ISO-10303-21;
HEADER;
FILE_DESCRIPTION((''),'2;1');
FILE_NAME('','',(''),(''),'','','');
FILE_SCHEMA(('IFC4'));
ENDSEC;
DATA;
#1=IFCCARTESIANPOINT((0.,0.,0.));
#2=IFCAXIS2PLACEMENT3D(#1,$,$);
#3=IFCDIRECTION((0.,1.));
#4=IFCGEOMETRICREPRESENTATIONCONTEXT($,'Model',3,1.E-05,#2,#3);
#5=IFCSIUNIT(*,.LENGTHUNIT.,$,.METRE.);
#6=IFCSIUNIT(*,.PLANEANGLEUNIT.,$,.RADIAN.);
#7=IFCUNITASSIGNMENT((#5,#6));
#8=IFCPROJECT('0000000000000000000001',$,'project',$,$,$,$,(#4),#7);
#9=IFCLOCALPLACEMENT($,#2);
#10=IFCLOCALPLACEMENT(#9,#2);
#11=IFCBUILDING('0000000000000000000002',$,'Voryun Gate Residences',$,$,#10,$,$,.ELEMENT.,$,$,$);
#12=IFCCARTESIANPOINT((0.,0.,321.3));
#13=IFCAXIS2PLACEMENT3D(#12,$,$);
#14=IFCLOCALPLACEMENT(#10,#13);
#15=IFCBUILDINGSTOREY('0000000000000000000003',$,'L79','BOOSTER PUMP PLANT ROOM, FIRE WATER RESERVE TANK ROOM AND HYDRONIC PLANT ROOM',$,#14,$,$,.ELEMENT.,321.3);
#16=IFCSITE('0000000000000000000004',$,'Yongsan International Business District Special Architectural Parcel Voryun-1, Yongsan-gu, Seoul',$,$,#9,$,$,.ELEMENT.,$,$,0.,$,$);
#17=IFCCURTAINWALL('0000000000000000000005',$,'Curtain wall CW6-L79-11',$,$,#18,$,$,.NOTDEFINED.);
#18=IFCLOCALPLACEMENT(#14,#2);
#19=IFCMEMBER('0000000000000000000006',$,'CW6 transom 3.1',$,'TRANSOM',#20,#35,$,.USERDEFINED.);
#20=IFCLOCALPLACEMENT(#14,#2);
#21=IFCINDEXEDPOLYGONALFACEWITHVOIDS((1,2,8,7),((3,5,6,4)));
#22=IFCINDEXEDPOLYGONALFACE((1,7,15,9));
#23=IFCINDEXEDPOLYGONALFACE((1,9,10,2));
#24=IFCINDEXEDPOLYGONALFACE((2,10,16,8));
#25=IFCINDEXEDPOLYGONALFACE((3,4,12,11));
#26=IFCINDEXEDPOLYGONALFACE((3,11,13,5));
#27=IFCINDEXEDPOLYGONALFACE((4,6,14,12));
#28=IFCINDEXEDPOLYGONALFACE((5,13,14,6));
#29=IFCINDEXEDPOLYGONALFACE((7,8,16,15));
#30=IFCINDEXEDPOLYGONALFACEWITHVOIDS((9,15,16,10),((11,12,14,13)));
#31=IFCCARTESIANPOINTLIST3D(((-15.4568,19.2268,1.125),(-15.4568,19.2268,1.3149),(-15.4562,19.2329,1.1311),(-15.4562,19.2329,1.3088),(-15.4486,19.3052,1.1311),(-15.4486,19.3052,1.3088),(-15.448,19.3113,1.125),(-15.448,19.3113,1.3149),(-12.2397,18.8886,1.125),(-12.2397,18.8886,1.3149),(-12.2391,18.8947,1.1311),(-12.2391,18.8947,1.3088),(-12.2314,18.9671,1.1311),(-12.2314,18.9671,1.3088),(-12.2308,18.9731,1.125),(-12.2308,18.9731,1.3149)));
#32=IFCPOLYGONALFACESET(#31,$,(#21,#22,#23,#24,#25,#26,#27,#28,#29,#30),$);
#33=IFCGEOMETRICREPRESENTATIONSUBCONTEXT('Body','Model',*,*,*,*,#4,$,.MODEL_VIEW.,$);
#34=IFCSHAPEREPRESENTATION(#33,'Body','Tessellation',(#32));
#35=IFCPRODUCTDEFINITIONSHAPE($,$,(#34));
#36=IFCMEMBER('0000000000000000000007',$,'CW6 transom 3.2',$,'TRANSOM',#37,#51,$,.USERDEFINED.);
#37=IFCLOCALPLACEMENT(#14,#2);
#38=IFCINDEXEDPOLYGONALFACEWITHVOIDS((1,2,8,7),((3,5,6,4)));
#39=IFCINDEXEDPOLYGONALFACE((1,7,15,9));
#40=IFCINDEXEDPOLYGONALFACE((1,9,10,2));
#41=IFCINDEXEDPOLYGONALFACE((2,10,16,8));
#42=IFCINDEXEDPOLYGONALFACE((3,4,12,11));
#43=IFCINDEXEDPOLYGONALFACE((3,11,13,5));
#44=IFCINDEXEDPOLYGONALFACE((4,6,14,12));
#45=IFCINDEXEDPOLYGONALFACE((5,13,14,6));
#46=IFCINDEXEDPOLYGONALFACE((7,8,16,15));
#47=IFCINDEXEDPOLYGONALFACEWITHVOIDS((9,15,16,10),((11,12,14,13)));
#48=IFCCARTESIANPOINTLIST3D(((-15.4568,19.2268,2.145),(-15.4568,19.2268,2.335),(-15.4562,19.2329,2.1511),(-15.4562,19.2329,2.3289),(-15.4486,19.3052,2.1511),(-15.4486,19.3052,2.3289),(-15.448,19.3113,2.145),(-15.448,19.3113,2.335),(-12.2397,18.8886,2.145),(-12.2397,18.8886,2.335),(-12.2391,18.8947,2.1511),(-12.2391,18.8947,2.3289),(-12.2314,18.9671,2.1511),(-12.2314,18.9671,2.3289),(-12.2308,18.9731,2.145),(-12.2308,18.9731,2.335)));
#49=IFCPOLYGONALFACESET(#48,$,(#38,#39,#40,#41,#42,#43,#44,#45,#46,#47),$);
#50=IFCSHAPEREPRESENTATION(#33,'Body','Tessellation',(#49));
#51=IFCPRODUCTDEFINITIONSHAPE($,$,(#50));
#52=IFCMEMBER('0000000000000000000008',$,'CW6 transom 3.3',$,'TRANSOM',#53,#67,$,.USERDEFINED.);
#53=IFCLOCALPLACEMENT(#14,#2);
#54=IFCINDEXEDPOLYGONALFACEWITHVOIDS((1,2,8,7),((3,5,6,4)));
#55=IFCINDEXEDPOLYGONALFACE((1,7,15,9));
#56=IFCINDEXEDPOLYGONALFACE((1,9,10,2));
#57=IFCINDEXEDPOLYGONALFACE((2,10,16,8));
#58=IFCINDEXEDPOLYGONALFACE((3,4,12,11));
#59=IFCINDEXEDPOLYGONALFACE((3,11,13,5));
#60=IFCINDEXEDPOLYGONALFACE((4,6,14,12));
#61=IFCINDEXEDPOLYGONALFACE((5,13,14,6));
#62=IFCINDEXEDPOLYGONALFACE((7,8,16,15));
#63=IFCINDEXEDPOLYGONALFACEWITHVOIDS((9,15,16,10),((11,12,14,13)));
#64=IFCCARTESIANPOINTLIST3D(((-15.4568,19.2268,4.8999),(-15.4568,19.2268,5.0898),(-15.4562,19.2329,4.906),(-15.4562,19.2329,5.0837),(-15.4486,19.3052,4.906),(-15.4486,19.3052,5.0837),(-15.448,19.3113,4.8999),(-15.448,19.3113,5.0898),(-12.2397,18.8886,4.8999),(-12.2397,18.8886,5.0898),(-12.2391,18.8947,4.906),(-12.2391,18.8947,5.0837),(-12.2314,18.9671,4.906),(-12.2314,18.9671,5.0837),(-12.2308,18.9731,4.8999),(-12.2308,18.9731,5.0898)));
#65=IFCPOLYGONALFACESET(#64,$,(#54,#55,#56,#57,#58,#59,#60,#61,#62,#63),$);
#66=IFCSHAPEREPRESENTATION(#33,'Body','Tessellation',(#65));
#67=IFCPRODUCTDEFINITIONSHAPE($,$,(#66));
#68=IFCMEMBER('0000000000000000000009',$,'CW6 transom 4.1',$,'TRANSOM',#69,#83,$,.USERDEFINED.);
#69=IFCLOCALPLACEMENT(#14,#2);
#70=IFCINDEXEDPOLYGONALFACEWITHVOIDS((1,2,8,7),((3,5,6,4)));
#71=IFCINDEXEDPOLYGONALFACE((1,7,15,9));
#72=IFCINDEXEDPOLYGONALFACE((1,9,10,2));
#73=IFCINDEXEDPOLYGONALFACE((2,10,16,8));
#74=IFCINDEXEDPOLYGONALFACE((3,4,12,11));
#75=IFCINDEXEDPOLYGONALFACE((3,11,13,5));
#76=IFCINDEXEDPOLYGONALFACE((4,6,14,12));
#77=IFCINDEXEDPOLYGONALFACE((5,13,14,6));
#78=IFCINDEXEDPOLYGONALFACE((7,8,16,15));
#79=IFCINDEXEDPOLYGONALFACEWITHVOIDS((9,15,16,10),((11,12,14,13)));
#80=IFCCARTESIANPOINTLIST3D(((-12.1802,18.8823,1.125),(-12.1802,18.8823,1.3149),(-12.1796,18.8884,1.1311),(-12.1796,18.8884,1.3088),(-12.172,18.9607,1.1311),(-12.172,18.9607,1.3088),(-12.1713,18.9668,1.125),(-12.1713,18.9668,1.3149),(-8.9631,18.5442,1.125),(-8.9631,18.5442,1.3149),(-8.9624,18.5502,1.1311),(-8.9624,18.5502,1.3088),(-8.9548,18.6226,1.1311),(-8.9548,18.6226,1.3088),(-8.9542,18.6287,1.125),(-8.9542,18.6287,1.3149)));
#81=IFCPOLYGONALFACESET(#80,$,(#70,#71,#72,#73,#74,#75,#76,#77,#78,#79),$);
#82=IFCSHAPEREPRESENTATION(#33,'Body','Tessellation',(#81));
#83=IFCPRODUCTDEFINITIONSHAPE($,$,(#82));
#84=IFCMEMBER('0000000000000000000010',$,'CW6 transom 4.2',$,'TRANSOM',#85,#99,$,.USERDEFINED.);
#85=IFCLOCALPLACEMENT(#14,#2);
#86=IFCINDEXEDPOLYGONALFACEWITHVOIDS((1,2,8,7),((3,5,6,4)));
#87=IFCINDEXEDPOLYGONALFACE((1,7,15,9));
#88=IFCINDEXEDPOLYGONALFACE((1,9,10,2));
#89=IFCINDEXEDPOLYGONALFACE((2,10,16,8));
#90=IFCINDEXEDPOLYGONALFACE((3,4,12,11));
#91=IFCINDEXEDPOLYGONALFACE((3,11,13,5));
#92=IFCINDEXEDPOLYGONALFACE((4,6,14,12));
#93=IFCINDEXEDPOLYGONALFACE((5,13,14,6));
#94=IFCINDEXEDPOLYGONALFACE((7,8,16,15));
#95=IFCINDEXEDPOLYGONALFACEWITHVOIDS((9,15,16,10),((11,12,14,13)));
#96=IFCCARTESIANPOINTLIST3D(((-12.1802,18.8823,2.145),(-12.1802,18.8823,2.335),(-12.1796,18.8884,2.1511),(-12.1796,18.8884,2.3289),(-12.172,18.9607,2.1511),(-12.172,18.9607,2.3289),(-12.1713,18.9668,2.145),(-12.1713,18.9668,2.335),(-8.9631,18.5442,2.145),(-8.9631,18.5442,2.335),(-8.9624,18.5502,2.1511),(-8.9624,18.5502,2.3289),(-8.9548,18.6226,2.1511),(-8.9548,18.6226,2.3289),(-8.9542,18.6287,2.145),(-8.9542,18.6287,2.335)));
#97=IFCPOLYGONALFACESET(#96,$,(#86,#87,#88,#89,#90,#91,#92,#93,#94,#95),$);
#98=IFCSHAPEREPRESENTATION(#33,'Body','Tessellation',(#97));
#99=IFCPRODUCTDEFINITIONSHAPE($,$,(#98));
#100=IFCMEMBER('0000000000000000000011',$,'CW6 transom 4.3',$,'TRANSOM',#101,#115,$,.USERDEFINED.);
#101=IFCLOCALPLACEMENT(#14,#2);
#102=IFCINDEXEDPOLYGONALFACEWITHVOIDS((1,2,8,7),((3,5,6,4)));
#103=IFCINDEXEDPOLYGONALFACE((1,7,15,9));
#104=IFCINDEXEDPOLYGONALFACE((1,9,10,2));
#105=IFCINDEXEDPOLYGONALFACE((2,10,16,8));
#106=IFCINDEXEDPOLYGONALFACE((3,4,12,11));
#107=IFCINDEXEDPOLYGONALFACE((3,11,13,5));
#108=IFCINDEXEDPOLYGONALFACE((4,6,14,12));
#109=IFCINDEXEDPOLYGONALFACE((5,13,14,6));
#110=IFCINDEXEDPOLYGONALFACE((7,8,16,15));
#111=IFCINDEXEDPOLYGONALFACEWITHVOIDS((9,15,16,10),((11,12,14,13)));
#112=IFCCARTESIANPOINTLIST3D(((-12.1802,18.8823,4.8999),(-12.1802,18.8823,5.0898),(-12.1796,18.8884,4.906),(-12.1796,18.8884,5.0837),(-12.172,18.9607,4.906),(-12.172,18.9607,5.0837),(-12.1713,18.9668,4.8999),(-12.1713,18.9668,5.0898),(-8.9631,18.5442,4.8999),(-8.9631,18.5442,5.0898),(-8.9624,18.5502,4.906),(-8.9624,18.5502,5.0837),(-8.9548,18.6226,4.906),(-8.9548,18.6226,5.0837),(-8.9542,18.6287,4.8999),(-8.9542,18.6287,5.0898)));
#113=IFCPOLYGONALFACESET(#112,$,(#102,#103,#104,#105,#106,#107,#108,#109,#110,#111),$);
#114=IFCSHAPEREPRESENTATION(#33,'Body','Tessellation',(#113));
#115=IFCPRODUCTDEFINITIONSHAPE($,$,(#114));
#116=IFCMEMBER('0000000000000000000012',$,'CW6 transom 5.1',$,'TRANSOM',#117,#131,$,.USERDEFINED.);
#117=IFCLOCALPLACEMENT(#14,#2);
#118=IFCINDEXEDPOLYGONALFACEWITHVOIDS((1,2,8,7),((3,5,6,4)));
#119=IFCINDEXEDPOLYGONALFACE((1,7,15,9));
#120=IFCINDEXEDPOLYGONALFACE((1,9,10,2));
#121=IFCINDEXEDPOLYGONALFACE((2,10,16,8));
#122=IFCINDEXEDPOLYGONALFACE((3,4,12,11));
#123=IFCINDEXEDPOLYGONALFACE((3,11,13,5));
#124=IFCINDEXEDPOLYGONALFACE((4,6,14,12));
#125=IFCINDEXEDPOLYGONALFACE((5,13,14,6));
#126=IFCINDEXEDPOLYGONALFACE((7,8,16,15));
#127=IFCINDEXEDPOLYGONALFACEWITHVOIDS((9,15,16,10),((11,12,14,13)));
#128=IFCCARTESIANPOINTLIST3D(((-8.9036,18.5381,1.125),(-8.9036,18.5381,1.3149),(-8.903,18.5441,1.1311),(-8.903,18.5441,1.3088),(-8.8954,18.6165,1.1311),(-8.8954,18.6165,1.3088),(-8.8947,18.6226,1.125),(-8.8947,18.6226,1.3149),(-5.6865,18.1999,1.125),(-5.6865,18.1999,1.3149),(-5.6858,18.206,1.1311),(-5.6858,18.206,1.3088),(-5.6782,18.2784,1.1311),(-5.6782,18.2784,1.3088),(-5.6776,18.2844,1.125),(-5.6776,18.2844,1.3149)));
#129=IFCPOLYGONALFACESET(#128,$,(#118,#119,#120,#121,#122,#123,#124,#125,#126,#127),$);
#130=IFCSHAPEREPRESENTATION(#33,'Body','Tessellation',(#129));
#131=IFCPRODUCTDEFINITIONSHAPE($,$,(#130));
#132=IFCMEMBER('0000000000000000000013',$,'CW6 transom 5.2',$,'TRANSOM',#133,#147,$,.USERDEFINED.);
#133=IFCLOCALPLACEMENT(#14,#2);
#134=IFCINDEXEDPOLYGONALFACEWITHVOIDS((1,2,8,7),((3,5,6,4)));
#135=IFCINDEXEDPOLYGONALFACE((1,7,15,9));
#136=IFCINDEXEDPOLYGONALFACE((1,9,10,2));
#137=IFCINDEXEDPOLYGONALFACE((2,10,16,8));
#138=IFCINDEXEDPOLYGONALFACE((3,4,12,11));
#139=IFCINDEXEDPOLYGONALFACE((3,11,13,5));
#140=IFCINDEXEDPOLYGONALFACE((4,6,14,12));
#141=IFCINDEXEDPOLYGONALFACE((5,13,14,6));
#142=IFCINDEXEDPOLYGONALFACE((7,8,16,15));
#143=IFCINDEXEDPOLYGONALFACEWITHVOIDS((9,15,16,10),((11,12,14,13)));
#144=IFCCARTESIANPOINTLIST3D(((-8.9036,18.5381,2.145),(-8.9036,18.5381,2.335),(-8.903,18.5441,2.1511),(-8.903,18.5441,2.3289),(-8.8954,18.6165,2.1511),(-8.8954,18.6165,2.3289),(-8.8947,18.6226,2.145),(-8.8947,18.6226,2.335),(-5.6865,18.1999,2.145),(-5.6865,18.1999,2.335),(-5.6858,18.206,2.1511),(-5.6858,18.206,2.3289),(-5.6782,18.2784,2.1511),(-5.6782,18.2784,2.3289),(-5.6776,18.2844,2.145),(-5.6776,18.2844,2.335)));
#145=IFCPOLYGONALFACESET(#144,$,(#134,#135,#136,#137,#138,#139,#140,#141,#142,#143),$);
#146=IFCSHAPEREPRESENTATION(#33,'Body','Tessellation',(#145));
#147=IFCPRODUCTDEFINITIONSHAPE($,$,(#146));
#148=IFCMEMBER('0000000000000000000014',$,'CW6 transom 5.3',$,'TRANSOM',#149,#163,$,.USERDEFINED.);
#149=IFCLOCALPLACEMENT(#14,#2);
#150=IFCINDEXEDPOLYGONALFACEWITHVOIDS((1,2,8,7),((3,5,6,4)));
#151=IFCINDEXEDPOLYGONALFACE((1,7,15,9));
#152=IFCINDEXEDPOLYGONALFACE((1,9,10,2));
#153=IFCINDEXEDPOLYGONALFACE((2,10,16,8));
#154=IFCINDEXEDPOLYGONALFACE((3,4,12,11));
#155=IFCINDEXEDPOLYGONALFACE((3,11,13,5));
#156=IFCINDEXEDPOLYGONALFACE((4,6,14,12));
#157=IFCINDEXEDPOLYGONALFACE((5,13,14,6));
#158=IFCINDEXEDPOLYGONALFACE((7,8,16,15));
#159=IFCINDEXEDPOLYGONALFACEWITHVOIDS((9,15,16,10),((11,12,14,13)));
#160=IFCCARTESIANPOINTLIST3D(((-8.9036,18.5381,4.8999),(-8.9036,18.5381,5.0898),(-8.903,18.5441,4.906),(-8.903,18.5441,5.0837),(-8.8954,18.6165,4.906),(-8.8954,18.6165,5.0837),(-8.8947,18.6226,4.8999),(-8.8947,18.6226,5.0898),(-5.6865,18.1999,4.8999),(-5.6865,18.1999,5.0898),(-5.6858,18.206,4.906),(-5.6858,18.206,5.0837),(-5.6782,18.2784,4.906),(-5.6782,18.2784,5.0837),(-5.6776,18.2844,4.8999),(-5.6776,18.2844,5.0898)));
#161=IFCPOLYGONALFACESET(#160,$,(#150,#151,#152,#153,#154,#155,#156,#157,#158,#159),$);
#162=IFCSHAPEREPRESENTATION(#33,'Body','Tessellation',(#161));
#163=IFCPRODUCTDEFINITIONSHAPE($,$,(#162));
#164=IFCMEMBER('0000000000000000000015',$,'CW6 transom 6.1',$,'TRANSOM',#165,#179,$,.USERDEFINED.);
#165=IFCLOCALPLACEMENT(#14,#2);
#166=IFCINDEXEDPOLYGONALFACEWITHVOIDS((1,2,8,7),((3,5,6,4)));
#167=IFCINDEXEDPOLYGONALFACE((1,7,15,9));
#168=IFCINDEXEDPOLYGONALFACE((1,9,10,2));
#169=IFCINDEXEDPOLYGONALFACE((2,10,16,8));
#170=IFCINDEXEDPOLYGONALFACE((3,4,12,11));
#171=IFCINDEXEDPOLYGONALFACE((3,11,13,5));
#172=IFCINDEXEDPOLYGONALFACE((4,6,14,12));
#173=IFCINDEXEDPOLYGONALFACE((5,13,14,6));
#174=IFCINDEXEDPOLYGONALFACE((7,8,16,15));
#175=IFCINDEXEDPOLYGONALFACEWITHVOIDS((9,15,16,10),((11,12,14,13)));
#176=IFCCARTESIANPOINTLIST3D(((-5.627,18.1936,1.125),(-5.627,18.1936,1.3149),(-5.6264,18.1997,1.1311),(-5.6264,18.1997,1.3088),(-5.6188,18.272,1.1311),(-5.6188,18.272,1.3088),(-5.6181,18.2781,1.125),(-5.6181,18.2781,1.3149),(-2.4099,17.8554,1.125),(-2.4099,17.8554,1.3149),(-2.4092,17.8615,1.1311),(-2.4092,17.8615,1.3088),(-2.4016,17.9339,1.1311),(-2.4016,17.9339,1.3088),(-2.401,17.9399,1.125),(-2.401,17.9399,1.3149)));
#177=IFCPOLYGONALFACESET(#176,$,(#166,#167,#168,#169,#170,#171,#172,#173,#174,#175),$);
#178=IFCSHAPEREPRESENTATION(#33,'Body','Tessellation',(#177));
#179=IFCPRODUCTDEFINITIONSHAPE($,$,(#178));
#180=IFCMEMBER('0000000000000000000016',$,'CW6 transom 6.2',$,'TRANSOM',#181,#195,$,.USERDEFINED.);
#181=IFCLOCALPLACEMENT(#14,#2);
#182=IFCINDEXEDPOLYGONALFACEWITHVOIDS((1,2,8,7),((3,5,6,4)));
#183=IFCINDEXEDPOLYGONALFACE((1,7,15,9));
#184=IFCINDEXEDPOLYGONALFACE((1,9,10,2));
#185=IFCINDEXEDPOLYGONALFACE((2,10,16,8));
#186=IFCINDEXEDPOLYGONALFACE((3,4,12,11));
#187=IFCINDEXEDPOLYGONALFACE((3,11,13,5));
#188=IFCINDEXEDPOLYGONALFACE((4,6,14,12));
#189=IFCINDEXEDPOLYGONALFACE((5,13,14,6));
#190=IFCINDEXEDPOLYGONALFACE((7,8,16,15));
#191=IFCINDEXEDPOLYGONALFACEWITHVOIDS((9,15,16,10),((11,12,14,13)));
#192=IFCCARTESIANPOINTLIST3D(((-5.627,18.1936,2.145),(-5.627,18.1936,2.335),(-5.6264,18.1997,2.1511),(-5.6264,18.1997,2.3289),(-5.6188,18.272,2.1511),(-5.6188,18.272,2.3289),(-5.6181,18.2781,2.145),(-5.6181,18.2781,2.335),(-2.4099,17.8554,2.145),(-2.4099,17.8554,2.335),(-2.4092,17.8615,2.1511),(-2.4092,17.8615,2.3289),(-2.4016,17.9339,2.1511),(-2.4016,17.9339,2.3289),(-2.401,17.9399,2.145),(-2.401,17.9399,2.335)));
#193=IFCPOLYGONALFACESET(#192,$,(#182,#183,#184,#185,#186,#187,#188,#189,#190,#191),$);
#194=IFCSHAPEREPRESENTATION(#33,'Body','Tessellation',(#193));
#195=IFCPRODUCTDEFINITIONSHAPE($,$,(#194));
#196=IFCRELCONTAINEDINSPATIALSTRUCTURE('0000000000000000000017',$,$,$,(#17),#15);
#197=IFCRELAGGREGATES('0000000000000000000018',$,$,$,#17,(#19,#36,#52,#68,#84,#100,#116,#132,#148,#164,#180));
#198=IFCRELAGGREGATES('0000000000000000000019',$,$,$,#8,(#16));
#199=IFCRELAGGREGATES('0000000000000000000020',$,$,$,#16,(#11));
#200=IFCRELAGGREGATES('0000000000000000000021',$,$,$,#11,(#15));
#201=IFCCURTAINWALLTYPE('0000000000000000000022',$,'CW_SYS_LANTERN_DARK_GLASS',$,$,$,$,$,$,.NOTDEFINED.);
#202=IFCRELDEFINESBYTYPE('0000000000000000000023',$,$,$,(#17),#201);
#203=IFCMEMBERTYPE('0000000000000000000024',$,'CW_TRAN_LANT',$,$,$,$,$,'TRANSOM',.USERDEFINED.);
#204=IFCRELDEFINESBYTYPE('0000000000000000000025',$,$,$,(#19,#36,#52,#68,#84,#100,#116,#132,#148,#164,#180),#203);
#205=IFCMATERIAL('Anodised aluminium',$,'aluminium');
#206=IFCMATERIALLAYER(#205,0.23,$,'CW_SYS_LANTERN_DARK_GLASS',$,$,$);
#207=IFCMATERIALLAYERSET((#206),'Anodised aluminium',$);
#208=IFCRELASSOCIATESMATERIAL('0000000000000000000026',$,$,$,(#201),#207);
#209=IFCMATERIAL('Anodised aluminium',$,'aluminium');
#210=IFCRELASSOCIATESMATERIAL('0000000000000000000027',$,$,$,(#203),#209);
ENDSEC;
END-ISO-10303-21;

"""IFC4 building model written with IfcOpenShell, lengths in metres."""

from ifc_helpers import new_model, si_unit, direction, frame, origin, origin_2d, place, context, subcontext, project, spatial, hollow_rectangle, extrude, material, layer, layer_set, material_profile, profile_set, type_object, element, aggregate, save


model = new_model("IFC4")

# Units and contexts
model_context = context("Model", 3, precision=1e-05, world=origin(), true_north=direction((0.0, 1.0)))
body_context = subcontext(model_context, "Body", "Model", "MODEL_VIEW")
ifc_project = project(units=[si_unit("LENGTHUNIT", "METRE"), si_unit("PLANEANGLEUNIT", "RADIAN")], contexts=[model_context])

# Site, building, storey
site_placement = place(None, origin())
site = spatial("IfcSite", under=ifc_project, at=site_placement, Name="Yongsan International Business District Special Architectural Parcel Voryun-1, Yongsan-gu, Seoul", CompositionType="ELEMENT", RefElevation=0.0)
building_placement = place(site_placement, origin())
building = spatial("IfcBuilding", under=site, at=building_placement, Name="Voryun Gate Residences", CompositionType="ELEMENT")
storey_placement = place(building_placement, frame((0.0, 0.0, 321.3)))
storey = spatial("IfcBuildingStorey", under=building, at=storey_placement, Name="L79", Description="BOOSTER PUMP PLANT ROOM, FIRE WATER RESERVE TANK ROOM AND HYDRONIC PLANT ROOM", CompositionType="ELEMENT", Elevation=321.3)

# Curtain wall, members
ifc_material_1 = material(Name="Anodised aluminium", Category="aluminium")
ifc_layer_1 = layer(ifc_material_1, 0.23, Name="CW_SYS_LANTERN_DARK_GLASS")
ifc_layer_set_1 = layer_set([ifc_layer_1], Name="Anodised aluminium")
curtain_wall_type = type_object("IfcCurtainWallType", Name="CW_SYS_LANTERN_DARK_GLASS", PredefinedType="NOTDEFINED", material=ifc_layer_set_1)
curtain_wall_placement = place(storey_placement, origin())
curtain_wall = element("IfcCurtainWall", 1, at=curtain_wall_placement, inside=storey, type_object=curtain_wall_type, Name="Curtain wall CW6-L79-11", PredefinedType="NOTDEFINED")
ifc_material_2 = material(Name="Anodised aluminium", Category="aluminium")
ifc_material_profile_1 = material_profile(ifc_material_2, hollow_rectangle(XDim=0.085, YDim=0.1899, WallThickness=0.0061, at=origin_2d()), Name="ALU-TRAN-190x85x6")
ifc_profile_set_1 = profile_set([ifc_material_profile_1], Name="Anodised aluminium")
member_type_1 = type_object("IfcMemberType", Name="CW_TRAN_LANT", ElementType="TRANSOM", PredefinedType="USERDEFINED", material=ifc_profile_set_1)
member_1_placement = place(storey_placement, frame((-15.4524, 19.269, 1.22), z_axis=(0.994522, -0.104532, 0.0), x_axis=(0.104532, 0.994522, 0.0)))
member_1 = element("IfcMember", 2, at=member_1_placement, type_object=member_type_1, Name="CW6 transom 3.1", ObjectType="TRANSOM", PredefinedType="USERDEFINED", context=body_context, shape_type="SweptSolid", body=[
    extrude(hollow_rectangle(XDim=0.085, YDim=0.1899, WallThickness=0.0061, at=origin_2d()), origin(), (0.0, 0.0, 1.0), 3.2349),
])
member_2_placement = place(storey_placement, frame((-15.4524, 19.269, 2.24), z_axis=(0.994522, -0.104532, 0.0), x_axis=(0.104532, 0.994522, 0.0)))
member_2 = element("IfcMember", 3, at=member_2_placement, type_object=member_type_1, Name="CW6 transom 3.2", ObjectType="TRANSOM", PredefinedType="USERDEFINED", context=body_context, shape_type="SweptSolid", body=[
    extrude(hollow_rectangle(XDim=0.085, YDim=0.1899, WallThickness=0.0061, at=origin_2d()), origin(), (0.0, 0.0, 1.0), 3.2349),
])
member_3_placement = place(storey_placement, frame((-15.4524, 19.269, 4.9949), z_axis=(0.994522, -0.104532, 0.0), x_axis=(0.104532, 0.994522, 0.0)))
member_3 = element("IfcMember", 4, at=member_3_placement, type_object=member_type_1, Name="CW6 transom 3.3", ObjectType="TRANSOM", PredefinedType="USERDEFINED", context=body_context, shape_type="SweptSolid", body=[
    extrude(hollow_rectangle(XDim=0.085, YDim=0.1899, WallThickness=0.0061, at=origin_2d()), origin(), (0.0, 0.0, 1.0), 3.2349),
])
member_4_placement = place(storey_placement, frame((-12.1758, 18.9246, 1.22), z_axis=(0.994522, -0.104532, 0.0), x_axis=(0.104532, 0.994522, 0.0)))
member_4 = element("IfcMember", 5, at=member_4_placement, type_object=member_type_1, Name="CW6 transom 4.1", ObjectType="TRANSOM", PredefinedType="USERDEFINED", context=body_context, shape_type="SweptSolid", body=[
    extrude(hollow_rectangle(XDim=0.085, YDim=0.1899, WallThickness=0.0061, at=origin_2d()), origin(), (0.0, 0.0, 1.0), 3.2349),
])
member_5_placement = place(storey_placement, frame((-12.1758, 18.9246, 2.24), z_axis=(0.994522, -0.104532, 0.0), x_axis=(0.104532, 0.994522, 0.0)))
member_5 = element("IfcMember", 6, at=member_5_placement, type_object=member_type_1, Name="CW6 transom 4.2", ObjectType="TRANSOM", PredefinedType="USERDEFINED", context=body_context, shape_type="SweptSolid", body=[
    extrude(hollow_rectangle(XDim=0.085, YDim=0.1899, WallThickness=0.0061, at=origin_2d()), origin(), (0.0, 0.0, 1.0), 3.2349),
])
member_6_placement = place(storey_placement, frame((-12.1758, 18.9246, 4.9949), z_axis=(0.994522, -0.104532, 0.0), x_axis=(0.104532, 0.994522, 0.0)))
member_6 = element("IfcMember", 7, at=member_6_placement, type_object=member_type_1, Name="CW6 transom 4.3", ObjectType="TRANSOM", PredefinedType="USERDEFINED", context=body_context, shape_type="SweptSolid", body=[
    extrude(hollow_rectangle(XDim=0.085, YDim=0.1899, WallThickness=0.0061, at=origin_2d()), origin(), (0.0, 0.0, 1.0), 3.2349),
])
member_7_placement = place(storey_placement, frame((-8.8992, 18.5803, 1.22), z_axis=(0.994522, -0.104532, 0.0), x_axis=(0.104532, 0.994522, 0.0)))
member_7 = element("IfcMember", 8, at=member_7_placement, type_object=member_type_1, Name="CW6 transom 5.1", ObjectType="TRANSOM", PredefinedType="USERDEFINED", context=body_context, shape_type="SweptSolid", body=[
    extrude(hollow_rectangle(XDim=0.085, YDim=0.1899, WallThickness=0.0061, at=origin_2d()), origin(), (0.0, 0.0, 1.0), 3.2349),
])
member_8_placement = place(storey_placement, frame((-8.8992, 18.5803, 2.24), z_axis=(0.994522, -0.104532, 0.0), x_axis=(0.104532, 0.994522, 0.0)))
member_8 = element("IfcMember", 9, at=member_8_placement, type_object=member_type_1, Name="CW6 transom 5.2", ObjectType="TRANSOM", PredefinedType="USERDEFINED", context=body_context, shape_type="SweptSolid", body=[
    extrude(hollow_rectangle(XDim=0.085, YDim=0.1899, WallThickness=0.0061, at=origin_2d()), origin(), (0.0, 0.0, 1.0), 3.2349),
])
member_9_placement = place(storey_placement, frame((-8.8992, 18.5803, 4.9949), z_axis=(0.994522, -0.104532, 0.0), x_axis=(0.104532, 0.994522, 0.0)))
member_9 = element("IfcMember", 10, at=member_9_placement, type_object=member_type_1, Name="CW6 transom 5.3", ObjectType="TRANSOM", PredefinedType="USERDEFINED", context=body_context, shape_type="SweptSolid", body=[
    extrude(hollow_rectangle(XDim=0.085, YDim=0.1899, WallThickness=0.0061, at=origin_2d()), origin(), (0.0, 0.0, 1.0), 3.2349),
])
member_10_placement = place(storey_placement, frame((-5.6226, 18.2358, 1.22), z_axis=(0.994522, -0.104532, 0.0), x_axis=(0.104532, 0.994522, 0.0)))
member_10 = element("IfcMember", 11, at=member_10_placement, type_object=member_type_1, Name="CW6 transom 6.1", ObjectType="TRANSOM", PredefinedType="USERDEFINED", context=body_context, shape_type="SweptSolid", body=[
    extrude(hollow_rectangle(XDim=0.085, YDim=0.1899, WallThickness=0.0061, at=origin_2d()), origin(), (0.0, 0.0, 1.0), 3.2349),
])
member_11_placement = place(storey_placement, frame((-5.6226, 18.2358, 2.24), z_axis=(0.994522, -0.104532, 0.0), x_axis=(0.104532, 0.994522, 0.0)))
member_11 = element("IfcMember", 12, at=member_11_placement, type_object=member_type_1, Name="CW6 transom 6.2", ObjectType="TRANSOM", PredefinedType="USERDEFINED", context=body_context, shape_type="SweptSolid", body=[
    extrude(hollow_rectangle(XDim=0.085, YDim=0.1899, WallThickness=0.0061, at=origin_2d()), origin(), (0.0, 0.0, 1.0), 3.2349),
])

aggregate(curtain_wall, [member_1, member_2, member_3, member_4, member_5, member_6, member_7, member_8, member_9, member_10, member_11])

save(model, "model.ifc")
